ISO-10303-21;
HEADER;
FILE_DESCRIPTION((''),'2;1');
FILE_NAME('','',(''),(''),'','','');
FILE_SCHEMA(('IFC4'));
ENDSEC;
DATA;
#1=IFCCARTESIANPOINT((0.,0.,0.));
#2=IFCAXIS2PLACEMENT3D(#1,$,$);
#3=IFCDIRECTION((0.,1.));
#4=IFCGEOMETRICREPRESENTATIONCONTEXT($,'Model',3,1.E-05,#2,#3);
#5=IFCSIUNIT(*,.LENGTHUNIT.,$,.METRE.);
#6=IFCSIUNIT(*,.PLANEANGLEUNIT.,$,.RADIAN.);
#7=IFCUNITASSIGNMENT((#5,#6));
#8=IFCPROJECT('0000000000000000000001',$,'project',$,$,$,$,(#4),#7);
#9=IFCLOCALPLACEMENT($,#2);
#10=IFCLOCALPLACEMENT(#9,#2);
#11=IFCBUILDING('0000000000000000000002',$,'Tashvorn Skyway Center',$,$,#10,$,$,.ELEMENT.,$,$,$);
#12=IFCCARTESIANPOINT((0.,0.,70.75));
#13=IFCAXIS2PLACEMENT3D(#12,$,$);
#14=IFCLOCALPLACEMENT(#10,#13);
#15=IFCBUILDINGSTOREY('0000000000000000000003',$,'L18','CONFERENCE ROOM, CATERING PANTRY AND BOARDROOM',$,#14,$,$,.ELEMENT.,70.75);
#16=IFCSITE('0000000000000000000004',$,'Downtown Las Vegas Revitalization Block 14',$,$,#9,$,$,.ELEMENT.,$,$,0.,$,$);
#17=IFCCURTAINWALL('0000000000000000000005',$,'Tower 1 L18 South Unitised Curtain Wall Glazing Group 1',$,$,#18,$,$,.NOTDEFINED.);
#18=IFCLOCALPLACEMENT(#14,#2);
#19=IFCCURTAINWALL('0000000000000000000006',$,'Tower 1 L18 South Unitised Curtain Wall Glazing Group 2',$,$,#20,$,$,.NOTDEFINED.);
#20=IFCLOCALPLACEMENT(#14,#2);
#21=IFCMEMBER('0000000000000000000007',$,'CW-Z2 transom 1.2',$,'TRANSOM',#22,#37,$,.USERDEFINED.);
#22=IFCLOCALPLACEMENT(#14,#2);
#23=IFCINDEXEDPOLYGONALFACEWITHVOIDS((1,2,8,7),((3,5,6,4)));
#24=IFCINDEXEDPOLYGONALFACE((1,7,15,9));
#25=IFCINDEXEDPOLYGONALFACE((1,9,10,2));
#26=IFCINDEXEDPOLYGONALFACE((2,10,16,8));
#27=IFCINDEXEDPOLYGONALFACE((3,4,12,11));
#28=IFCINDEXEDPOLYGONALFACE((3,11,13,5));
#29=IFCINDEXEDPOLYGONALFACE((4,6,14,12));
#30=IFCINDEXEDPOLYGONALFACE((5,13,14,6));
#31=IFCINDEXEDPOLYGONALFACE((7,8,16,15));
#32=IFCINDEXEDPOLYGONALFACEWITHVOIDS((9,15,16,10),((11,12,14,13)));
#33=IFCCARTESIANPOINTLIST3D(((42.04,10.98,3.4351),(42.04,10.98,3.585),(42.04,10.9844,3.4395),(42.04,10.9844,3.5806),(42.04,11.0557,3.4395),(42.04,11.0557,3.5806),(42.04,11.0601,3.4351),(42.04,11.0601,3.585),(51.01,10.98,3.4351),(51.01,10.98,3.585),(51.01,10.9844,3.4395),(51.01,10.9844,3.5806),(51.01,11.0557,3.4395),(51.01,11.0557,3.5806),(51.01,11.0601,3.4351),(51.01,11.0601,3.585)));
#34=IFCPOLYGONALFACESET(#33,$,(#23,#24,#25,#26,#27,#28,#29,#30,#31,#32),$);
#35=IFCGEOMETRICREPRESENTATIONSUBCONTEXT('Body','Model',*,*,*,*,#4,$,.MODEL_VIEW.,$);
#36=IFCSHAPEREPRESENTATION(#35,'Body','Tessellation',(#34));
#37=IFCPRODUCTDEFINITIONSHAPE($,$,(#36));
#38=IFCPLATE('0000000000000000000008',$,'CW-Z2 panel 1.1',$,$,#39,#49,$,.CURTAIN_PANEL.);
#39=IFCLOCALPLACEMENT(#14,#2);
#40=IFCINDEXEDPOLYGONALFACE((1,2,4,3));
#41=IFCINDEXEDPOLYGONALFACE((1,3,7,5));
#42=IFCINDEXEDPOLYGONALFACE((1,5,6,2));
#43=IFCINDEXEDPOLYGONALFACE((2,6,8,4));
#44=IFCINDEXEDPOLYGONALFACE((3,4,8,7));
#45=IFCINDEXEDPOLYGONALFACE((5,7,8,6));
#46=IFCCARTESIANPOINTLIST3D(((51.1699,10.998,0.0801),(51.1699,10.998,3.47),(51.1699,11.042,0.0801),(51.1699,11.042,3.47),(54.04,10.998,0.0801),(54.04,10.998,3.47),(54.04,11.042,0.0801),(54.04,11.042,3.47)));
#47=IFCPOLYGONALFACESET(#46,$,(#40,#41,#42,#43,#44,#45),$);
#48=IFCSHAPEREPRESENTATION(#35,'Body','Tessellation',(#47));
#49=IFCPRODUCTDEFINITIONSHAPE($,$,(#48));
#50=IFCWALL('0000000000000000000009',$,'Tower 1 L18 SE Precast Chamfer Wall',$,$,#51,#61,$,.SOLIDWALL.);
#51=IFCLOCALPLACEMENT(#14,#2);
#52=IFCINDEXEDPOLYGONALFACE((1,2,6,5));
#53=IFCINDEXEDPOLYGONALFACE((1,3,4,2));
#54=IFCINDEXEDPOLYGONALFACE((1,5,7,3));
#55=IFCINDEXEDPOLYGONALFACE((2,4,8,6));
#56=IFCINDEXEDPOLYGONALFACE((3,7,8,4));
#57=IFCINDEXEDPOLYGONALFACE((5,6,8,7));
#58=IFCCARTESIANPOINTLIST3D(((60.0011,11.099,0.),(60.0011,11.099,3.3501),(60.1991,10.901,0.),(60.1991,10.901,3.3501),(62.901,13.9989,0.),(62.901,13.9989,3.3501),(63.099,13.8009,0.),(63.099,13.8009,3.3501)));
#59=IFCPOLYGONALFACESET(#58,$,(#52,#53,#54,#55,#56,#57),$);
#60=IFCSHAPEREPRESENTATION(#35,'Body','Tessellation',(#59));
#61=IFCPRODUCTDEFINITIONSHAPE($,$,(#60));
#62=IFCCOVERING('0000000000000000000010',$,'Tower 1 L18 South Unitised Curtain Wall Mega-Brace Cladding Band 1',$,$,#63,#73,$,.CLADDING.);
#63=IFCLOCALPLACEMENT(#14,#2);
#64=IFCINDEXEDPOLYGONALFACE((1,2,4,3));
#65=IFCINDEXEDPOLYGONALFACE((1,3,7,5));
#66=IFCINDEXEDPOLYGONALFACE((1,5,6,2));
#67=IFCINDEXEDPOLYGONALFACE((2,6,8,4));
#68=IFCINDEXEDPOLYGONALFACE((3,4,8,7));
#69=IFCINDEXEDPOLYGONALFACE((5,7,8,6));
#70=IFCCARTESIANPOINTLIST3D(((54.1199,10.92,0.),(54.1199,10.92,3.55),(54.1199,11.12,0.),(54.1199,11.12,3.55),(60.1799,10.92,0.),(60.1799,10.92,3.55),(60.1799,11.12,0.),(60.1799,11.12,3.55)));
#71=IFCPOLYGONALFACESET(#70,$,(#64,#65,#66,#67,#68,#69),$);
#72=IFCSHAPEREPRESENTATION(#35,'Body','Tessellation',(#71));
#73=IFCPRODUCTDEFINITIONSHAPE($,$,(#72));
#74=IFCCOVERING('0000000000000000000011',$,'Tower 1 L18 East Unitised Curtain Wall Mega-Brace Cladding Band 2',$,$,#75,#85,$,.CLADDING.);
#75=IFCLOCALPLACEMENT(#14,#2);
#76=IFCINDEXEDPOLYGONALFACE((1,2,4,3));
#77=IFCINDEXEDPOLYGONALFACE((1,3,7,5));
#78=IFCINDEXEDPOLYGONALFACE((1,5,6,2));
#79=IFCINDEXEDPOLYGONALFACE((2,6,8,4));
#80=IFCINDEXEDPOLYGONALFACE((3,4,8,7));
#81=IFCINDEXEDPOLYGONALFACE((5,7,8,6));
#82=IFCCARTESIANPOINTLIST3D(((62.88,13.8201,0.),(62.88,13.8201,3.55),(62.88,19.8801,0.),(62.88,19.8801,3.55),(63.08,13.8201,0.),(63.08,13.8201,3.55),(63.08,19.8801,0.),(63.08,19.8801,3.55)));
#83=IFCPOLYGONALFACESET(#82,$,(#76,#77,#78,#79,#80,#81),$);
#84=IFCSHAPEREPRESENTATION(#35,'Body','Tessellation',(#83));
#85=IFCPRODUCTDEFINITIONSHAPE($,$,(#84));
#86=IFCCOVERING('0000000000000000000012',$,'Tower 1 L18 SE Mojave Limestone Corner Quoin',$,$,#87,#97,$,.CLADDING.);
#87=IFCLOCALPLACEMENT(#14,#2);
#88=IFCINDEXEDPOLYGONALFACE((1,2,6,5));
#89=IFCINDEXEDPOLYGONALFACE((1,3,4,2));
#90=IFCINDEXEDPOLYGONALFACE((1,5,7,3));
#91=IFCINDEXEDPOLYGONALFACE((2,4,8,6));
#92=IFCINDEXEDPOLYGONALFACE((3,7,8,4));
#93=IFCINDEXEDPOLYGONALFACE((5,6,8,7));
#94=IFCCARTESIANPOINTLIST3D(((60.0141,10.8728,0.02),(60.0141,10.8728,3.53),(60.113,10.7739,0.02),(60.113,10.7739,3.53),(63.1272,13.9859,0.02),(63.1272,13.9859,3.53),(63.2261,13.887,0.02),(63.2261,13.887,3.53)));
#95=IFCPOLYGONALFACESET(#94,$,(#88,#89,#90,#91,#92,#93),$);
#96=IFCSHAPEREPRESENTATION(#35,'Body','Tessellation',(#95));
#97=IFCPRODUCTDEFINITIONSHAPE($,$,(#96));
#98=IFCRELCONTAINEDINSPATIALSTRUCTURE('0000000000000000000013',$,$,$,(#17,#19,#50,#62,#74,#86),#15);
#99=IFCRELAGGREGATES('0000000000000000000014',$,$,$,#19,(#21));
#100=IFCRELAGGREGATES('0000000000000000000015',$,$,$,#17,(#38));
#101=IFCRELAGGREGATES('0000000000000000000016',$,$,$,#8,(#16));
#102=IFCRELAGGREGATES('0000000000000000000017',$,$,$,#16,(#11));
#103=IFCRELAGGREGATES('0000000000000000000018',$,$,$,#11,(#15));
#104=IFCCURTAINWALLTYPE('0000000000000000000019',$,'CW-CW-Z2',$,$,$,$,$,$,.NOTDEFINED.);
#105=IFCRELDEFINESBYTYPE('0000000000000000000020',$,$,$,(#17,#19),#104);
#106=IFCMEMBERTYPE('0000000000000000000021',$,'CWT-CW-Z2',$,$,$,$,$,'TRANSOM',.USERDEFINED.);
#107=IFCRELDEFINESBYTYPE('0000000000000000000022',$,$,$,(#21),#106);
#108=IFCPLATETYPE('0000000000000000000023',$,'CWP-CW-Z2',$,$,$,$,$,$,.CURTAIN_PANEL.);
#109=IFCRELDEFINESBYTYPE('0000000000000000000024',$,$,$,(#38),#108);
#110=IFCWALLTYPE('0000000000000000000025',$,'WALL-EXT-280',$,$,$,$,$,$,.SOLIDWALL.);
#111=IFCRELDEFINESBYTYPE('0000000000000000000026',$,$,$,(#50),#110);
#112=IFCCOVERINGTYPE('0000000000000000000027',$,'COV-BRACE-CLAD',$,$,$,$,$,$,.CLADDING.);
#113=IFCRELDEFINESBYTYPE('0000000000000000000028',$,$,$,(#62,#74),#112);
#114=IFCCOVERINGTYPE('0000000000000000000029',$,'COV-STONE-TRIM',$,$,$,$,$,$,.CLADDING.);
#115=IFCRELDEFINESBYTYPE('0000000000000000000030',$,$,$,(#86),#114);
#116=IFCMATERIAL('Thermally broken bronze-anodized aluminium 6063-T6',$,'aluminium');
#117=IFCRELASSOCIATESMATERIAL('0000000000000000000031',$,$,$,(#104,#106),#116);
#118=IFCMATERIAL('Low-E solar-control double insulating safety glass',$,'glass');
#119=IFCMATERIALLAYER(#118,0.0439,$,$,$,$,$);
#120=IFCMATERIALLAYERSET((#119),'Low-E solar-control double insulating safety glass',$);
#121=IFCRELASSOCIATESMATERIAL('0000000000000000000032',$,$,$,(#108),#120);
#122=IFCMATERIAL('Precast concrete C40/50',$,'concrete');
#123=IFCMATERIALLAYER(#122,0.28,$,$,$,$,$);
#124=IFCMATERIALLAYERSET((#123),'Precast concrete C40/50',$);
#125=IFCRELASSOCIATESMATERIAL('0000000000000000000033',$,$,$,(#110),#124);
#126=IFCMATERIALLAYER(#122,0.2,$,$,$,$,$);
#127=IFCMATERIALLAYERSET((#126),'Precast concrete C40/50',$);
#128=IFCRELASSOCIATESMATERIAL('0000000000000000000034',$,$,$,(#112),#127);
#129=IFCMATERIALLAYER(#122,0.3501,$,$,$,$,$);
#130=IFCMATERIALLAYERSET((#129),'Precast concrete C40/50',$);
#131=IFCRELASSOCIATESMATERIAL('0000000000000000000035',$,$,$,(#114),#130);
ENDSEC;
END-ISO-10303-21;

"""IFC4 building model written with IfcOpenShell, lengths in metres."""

from ifc_helpers import new_model, si_unit, direction, frame, frame_2d, origin, origin_2d, place, context, subcontext, project, spatial, rectangle, hollow_rectangle, extrude, material, layer, layer_set, material_profile, profile_set, type_object, element, aggregate, save


model = new_model("IFC4")

# Units and contexts
model_context = context("Model", 3, precision=1e-05, world=origin(), true_north=direction((0.0, 1.0)))
body_context = subcontext(model_context, "Body", "Model", "MODEL_VIEW")
ifc_project = project(units=[si_unit("LENGTHUNIT", "METRE"), si_unit("PLANEANGLEUNIT", "RADIAN")], contexts=[model_context])

# Site, building, storey
site_placement = place(None, origin())
site = spatial("IfcSite", under=ifc_project, at=site_placement, Name="Downtown Las Vegas Revitalization Block 14", CompositionType="ELEMENT", RefElevation=0.0)
building_placement = place(site_placement, origin())
building = spatial("IfcBuilding", under=site, at=building_placement, Name="Tashvorn Skyway Center", CompositionType="ELEMENT")
storey_placement = place(building_placement, frame((0.0, 0.0, 70.75)))
storey = spatial("IfcBuildingStorey", under=building, at=storey_placement, Name="L18", Description="CONFERENCE ROOM, CATERING PANTRY AND BOARDROOM", CompositionType="ELEMENT", Elevation=70.75)

# Curtain wall
ifc_material_1 = material(Name="Thermally broken bronze-anodized aluminium 6063-T6", Category="aluminium")
curtain_wall_type = type_object("IfcCurtainWallType", Name="CW-CW-Z2", PredefinedType="NOTDEFINED", material=ifc_material_1)
curtain_wall_1_placement = place(storey_placement, origin())
curtain_wall_1 = element("IfcCurtainWall", 1, at=curtain_wall_1_placement, inside=storey, type_object=curtain_wall_type, Name="Tower 1 L18 South Unitised Curtain Wall Glazing Group 1", PredefinedType="NOTDEFINED")

# Curtain wall
curtain_wall_2_placement = place(storey_placement, origin())
curtain_wall_2 = element("IfcCurtainWall", 2, at=curtain_wall_2_placement, inside=storey, type_object=curtain_wall_type, Name="Tower 1 L18 South Unitised Curtain Wall Glazing Group 2", PredefinedType="NOTDEFINED")

# Member
ifc_material_profile_1 = material_profile(ifc_material_1, hollow_rectangle(XDim=0.0801, YDim=0.1499, WallThickness=0.0044, at=origin_2d()), Name="ALU-TRAN-80x150")
ifc_profile_set_1 = profile_set([ifc_material_profile_1], Name="Thermally broken bronze-anodized aluminium 6063-T6")
member_type_1 = type_object("IfcMemberType", Name="CWT-CW-Z2", ElementType="TRANSOM", PredefinedType="USERDEFINED", material=ifc_profile_set_1)
member_1_placement = place(storey_placement, frame((51.01, 11.02, 3.51), z_axis=(-1.0, 0.0, 0.0), x_axis=(0.0, -1.0, 0.0)))
member_1 = element("IfcMember", 3, at=member_1_placement, type_object=member_type_1, Name="CW-Z2 transom 1.2", ObjectType="TRANSOM", PredefinedType="USERDEFINED", context=body_context, shape_type="SweptSolid", body=[
    extrude(hollow_rectangle(XDim=0.0801, YDim=0.1499, WallThickness=0.0044, at=origin_2d()), origin(), (0.0, 0.0, 1.0), 8.97),
])
aggregate(curtain_wall_2, [member_1])

# Plate
ifc_material_2 = material(Name="Low-E solar-control double insulating safety glass", Category="glass")
ifc_layer_1 = layer(ifc_material_2, 0.0439)
ifc_layer_set_1 = layer_set([ifc_layer_1], Name="Low-E solar-control double insulating safety glass")
plate_type = type_object("IfcPlateType", Name="CWP-CW-Z2", PredefinedType="CURTAIN_PANEL", material=ifc_layer_set_1)
plate_placement = place(storey_placement, frame((52.605, 11.02, 0.0801), z_axis=(0.0, 0.0, 1.0), x_axis=(-1.0, 0.0, 0.0)))
plate = element("IfcPlate", 4, at=plate_placement, type_object=plate_type, Name="CW-Z2 panel 1.1", PredefinedType="CURTAIN_PANEL", context=body_context, shape_type="SweptSolid", body=[
    extrude(rectangle(XDim=2.8701, YDim=0.0439, at=origin_2d()), origin(), (0.0, 0.0, 1.0), 3.3899),
])
aggregate(curtain_wall_1, [plate])

# Wall
ifc_material_3 = material(Name="Precast concrete C40/50", Category="concrete")
ifc_layer_2 = layer(ifc_material_3, 0.28)
ifc_layer_set_2 = layer_set([ifc_layer_2], Name="Precast concrete C40/50")
wall_type = type_object("IfcWallType", Name="WALL-EXT-280", PredefinedType="SOLIDWALL", material=ifc_layer_set_2)
wall_placement = place(storey_placement, frame((63.0, 13.8999, 0.0), z_axis=(0.0, 0.0, 1.0), x_axis=(-0.707107, -0.707107, 0.0)))
element("IfcWall", 5, at=wall_placement, inside=storey, type_object=wall_type, Name="Tower 1 L18 SE Precast Chamfer Wall", PredefinedType="SOLIDWALL", context=body_context, shape_type="SweptSolid", body=[
    extrude(rectangle(XDim=4.1011, YDim=0.28, at=frame_2d((2.0505, 0.0))), origin(), (0.0, 0.0, 1.0), 3.3501),
])

# Coverings
ifc_layer_3 = layer(ifc_material_3, 0.2)
ifc_layer_set_3 = layer_set([ifc_layer_3], Name="Precast concrete C40/50")
covering_type_1 = type_object("IfcCoveringType", Name="COV-BRACE-CLAD", PredefinedType="CLADDING", material=ifc_layer_set_3)
for number, where, z_axis, x_axis, name in (
    (6, (57.1499, 11.02, 0.0), (0.0, 0.0, 1.0), (-1.0, 0.0, 0.0), "Tower 1 L18 South Unitised Curtain Wall Mega-Brace Cladding Band 1"),
    (7, (62.98, 16.8501, 0.0), (0.0, 0.0, 1.0), (0.0, -1.0, 0.0), "Tower 1 L18 East Unitised Curtain Wall Mega-Brace Cladding Band 2"),
):
    element("IfcCovering", number, at=place(storey_placement, frame(where, z_axis=z_axis, x_axis=x_axis)), inside=storey, type_object=covering_type_1, Name=name, PredefinedType="CLADDING", context=body_context, shape_type="SweptSolid", body=[
        extrude(rectangle(XDim=6.0601, YDim=0.2, at=origin_2d()), origin(), (0.0, 0.0, 1.0), 3.55),
    ])
ifc_layer_4 = layer(ifc_material_3, 0.3501)
ifc_layer_set_4 = layer_set([ifc_layer_4], Name="Precast concrete C40/50")
covering_type_2 = type_object("IfcCoveringType", Name="COV-STONE-TRIM", PredefinedType="CLADDING", material=ifc_layer_set_4)
covering_placement = place(storey_placement, frame((61.6201, 12.3799, 0.02), z_axis=(0.0, 0.0, 1.0), x_axis=(0.707107, 0.707107, 0.0)))
element("IfcCovering", 8, at=covering_placement, inside=storey, type_object=covering_type_2, Name="Tower 1 L18 SE Mojave Limestone Corner Quoin", PredefinedType="CLADDING", context=body_context, shape_type="SweptSolid", body=[
    extrude(rectangle(XDim=4.4026, YDim=0.1399, at=origin_2d()), origin(), (0.0, 0.0, 1.0), 3.51),
])

save(model, "model.ifc")
